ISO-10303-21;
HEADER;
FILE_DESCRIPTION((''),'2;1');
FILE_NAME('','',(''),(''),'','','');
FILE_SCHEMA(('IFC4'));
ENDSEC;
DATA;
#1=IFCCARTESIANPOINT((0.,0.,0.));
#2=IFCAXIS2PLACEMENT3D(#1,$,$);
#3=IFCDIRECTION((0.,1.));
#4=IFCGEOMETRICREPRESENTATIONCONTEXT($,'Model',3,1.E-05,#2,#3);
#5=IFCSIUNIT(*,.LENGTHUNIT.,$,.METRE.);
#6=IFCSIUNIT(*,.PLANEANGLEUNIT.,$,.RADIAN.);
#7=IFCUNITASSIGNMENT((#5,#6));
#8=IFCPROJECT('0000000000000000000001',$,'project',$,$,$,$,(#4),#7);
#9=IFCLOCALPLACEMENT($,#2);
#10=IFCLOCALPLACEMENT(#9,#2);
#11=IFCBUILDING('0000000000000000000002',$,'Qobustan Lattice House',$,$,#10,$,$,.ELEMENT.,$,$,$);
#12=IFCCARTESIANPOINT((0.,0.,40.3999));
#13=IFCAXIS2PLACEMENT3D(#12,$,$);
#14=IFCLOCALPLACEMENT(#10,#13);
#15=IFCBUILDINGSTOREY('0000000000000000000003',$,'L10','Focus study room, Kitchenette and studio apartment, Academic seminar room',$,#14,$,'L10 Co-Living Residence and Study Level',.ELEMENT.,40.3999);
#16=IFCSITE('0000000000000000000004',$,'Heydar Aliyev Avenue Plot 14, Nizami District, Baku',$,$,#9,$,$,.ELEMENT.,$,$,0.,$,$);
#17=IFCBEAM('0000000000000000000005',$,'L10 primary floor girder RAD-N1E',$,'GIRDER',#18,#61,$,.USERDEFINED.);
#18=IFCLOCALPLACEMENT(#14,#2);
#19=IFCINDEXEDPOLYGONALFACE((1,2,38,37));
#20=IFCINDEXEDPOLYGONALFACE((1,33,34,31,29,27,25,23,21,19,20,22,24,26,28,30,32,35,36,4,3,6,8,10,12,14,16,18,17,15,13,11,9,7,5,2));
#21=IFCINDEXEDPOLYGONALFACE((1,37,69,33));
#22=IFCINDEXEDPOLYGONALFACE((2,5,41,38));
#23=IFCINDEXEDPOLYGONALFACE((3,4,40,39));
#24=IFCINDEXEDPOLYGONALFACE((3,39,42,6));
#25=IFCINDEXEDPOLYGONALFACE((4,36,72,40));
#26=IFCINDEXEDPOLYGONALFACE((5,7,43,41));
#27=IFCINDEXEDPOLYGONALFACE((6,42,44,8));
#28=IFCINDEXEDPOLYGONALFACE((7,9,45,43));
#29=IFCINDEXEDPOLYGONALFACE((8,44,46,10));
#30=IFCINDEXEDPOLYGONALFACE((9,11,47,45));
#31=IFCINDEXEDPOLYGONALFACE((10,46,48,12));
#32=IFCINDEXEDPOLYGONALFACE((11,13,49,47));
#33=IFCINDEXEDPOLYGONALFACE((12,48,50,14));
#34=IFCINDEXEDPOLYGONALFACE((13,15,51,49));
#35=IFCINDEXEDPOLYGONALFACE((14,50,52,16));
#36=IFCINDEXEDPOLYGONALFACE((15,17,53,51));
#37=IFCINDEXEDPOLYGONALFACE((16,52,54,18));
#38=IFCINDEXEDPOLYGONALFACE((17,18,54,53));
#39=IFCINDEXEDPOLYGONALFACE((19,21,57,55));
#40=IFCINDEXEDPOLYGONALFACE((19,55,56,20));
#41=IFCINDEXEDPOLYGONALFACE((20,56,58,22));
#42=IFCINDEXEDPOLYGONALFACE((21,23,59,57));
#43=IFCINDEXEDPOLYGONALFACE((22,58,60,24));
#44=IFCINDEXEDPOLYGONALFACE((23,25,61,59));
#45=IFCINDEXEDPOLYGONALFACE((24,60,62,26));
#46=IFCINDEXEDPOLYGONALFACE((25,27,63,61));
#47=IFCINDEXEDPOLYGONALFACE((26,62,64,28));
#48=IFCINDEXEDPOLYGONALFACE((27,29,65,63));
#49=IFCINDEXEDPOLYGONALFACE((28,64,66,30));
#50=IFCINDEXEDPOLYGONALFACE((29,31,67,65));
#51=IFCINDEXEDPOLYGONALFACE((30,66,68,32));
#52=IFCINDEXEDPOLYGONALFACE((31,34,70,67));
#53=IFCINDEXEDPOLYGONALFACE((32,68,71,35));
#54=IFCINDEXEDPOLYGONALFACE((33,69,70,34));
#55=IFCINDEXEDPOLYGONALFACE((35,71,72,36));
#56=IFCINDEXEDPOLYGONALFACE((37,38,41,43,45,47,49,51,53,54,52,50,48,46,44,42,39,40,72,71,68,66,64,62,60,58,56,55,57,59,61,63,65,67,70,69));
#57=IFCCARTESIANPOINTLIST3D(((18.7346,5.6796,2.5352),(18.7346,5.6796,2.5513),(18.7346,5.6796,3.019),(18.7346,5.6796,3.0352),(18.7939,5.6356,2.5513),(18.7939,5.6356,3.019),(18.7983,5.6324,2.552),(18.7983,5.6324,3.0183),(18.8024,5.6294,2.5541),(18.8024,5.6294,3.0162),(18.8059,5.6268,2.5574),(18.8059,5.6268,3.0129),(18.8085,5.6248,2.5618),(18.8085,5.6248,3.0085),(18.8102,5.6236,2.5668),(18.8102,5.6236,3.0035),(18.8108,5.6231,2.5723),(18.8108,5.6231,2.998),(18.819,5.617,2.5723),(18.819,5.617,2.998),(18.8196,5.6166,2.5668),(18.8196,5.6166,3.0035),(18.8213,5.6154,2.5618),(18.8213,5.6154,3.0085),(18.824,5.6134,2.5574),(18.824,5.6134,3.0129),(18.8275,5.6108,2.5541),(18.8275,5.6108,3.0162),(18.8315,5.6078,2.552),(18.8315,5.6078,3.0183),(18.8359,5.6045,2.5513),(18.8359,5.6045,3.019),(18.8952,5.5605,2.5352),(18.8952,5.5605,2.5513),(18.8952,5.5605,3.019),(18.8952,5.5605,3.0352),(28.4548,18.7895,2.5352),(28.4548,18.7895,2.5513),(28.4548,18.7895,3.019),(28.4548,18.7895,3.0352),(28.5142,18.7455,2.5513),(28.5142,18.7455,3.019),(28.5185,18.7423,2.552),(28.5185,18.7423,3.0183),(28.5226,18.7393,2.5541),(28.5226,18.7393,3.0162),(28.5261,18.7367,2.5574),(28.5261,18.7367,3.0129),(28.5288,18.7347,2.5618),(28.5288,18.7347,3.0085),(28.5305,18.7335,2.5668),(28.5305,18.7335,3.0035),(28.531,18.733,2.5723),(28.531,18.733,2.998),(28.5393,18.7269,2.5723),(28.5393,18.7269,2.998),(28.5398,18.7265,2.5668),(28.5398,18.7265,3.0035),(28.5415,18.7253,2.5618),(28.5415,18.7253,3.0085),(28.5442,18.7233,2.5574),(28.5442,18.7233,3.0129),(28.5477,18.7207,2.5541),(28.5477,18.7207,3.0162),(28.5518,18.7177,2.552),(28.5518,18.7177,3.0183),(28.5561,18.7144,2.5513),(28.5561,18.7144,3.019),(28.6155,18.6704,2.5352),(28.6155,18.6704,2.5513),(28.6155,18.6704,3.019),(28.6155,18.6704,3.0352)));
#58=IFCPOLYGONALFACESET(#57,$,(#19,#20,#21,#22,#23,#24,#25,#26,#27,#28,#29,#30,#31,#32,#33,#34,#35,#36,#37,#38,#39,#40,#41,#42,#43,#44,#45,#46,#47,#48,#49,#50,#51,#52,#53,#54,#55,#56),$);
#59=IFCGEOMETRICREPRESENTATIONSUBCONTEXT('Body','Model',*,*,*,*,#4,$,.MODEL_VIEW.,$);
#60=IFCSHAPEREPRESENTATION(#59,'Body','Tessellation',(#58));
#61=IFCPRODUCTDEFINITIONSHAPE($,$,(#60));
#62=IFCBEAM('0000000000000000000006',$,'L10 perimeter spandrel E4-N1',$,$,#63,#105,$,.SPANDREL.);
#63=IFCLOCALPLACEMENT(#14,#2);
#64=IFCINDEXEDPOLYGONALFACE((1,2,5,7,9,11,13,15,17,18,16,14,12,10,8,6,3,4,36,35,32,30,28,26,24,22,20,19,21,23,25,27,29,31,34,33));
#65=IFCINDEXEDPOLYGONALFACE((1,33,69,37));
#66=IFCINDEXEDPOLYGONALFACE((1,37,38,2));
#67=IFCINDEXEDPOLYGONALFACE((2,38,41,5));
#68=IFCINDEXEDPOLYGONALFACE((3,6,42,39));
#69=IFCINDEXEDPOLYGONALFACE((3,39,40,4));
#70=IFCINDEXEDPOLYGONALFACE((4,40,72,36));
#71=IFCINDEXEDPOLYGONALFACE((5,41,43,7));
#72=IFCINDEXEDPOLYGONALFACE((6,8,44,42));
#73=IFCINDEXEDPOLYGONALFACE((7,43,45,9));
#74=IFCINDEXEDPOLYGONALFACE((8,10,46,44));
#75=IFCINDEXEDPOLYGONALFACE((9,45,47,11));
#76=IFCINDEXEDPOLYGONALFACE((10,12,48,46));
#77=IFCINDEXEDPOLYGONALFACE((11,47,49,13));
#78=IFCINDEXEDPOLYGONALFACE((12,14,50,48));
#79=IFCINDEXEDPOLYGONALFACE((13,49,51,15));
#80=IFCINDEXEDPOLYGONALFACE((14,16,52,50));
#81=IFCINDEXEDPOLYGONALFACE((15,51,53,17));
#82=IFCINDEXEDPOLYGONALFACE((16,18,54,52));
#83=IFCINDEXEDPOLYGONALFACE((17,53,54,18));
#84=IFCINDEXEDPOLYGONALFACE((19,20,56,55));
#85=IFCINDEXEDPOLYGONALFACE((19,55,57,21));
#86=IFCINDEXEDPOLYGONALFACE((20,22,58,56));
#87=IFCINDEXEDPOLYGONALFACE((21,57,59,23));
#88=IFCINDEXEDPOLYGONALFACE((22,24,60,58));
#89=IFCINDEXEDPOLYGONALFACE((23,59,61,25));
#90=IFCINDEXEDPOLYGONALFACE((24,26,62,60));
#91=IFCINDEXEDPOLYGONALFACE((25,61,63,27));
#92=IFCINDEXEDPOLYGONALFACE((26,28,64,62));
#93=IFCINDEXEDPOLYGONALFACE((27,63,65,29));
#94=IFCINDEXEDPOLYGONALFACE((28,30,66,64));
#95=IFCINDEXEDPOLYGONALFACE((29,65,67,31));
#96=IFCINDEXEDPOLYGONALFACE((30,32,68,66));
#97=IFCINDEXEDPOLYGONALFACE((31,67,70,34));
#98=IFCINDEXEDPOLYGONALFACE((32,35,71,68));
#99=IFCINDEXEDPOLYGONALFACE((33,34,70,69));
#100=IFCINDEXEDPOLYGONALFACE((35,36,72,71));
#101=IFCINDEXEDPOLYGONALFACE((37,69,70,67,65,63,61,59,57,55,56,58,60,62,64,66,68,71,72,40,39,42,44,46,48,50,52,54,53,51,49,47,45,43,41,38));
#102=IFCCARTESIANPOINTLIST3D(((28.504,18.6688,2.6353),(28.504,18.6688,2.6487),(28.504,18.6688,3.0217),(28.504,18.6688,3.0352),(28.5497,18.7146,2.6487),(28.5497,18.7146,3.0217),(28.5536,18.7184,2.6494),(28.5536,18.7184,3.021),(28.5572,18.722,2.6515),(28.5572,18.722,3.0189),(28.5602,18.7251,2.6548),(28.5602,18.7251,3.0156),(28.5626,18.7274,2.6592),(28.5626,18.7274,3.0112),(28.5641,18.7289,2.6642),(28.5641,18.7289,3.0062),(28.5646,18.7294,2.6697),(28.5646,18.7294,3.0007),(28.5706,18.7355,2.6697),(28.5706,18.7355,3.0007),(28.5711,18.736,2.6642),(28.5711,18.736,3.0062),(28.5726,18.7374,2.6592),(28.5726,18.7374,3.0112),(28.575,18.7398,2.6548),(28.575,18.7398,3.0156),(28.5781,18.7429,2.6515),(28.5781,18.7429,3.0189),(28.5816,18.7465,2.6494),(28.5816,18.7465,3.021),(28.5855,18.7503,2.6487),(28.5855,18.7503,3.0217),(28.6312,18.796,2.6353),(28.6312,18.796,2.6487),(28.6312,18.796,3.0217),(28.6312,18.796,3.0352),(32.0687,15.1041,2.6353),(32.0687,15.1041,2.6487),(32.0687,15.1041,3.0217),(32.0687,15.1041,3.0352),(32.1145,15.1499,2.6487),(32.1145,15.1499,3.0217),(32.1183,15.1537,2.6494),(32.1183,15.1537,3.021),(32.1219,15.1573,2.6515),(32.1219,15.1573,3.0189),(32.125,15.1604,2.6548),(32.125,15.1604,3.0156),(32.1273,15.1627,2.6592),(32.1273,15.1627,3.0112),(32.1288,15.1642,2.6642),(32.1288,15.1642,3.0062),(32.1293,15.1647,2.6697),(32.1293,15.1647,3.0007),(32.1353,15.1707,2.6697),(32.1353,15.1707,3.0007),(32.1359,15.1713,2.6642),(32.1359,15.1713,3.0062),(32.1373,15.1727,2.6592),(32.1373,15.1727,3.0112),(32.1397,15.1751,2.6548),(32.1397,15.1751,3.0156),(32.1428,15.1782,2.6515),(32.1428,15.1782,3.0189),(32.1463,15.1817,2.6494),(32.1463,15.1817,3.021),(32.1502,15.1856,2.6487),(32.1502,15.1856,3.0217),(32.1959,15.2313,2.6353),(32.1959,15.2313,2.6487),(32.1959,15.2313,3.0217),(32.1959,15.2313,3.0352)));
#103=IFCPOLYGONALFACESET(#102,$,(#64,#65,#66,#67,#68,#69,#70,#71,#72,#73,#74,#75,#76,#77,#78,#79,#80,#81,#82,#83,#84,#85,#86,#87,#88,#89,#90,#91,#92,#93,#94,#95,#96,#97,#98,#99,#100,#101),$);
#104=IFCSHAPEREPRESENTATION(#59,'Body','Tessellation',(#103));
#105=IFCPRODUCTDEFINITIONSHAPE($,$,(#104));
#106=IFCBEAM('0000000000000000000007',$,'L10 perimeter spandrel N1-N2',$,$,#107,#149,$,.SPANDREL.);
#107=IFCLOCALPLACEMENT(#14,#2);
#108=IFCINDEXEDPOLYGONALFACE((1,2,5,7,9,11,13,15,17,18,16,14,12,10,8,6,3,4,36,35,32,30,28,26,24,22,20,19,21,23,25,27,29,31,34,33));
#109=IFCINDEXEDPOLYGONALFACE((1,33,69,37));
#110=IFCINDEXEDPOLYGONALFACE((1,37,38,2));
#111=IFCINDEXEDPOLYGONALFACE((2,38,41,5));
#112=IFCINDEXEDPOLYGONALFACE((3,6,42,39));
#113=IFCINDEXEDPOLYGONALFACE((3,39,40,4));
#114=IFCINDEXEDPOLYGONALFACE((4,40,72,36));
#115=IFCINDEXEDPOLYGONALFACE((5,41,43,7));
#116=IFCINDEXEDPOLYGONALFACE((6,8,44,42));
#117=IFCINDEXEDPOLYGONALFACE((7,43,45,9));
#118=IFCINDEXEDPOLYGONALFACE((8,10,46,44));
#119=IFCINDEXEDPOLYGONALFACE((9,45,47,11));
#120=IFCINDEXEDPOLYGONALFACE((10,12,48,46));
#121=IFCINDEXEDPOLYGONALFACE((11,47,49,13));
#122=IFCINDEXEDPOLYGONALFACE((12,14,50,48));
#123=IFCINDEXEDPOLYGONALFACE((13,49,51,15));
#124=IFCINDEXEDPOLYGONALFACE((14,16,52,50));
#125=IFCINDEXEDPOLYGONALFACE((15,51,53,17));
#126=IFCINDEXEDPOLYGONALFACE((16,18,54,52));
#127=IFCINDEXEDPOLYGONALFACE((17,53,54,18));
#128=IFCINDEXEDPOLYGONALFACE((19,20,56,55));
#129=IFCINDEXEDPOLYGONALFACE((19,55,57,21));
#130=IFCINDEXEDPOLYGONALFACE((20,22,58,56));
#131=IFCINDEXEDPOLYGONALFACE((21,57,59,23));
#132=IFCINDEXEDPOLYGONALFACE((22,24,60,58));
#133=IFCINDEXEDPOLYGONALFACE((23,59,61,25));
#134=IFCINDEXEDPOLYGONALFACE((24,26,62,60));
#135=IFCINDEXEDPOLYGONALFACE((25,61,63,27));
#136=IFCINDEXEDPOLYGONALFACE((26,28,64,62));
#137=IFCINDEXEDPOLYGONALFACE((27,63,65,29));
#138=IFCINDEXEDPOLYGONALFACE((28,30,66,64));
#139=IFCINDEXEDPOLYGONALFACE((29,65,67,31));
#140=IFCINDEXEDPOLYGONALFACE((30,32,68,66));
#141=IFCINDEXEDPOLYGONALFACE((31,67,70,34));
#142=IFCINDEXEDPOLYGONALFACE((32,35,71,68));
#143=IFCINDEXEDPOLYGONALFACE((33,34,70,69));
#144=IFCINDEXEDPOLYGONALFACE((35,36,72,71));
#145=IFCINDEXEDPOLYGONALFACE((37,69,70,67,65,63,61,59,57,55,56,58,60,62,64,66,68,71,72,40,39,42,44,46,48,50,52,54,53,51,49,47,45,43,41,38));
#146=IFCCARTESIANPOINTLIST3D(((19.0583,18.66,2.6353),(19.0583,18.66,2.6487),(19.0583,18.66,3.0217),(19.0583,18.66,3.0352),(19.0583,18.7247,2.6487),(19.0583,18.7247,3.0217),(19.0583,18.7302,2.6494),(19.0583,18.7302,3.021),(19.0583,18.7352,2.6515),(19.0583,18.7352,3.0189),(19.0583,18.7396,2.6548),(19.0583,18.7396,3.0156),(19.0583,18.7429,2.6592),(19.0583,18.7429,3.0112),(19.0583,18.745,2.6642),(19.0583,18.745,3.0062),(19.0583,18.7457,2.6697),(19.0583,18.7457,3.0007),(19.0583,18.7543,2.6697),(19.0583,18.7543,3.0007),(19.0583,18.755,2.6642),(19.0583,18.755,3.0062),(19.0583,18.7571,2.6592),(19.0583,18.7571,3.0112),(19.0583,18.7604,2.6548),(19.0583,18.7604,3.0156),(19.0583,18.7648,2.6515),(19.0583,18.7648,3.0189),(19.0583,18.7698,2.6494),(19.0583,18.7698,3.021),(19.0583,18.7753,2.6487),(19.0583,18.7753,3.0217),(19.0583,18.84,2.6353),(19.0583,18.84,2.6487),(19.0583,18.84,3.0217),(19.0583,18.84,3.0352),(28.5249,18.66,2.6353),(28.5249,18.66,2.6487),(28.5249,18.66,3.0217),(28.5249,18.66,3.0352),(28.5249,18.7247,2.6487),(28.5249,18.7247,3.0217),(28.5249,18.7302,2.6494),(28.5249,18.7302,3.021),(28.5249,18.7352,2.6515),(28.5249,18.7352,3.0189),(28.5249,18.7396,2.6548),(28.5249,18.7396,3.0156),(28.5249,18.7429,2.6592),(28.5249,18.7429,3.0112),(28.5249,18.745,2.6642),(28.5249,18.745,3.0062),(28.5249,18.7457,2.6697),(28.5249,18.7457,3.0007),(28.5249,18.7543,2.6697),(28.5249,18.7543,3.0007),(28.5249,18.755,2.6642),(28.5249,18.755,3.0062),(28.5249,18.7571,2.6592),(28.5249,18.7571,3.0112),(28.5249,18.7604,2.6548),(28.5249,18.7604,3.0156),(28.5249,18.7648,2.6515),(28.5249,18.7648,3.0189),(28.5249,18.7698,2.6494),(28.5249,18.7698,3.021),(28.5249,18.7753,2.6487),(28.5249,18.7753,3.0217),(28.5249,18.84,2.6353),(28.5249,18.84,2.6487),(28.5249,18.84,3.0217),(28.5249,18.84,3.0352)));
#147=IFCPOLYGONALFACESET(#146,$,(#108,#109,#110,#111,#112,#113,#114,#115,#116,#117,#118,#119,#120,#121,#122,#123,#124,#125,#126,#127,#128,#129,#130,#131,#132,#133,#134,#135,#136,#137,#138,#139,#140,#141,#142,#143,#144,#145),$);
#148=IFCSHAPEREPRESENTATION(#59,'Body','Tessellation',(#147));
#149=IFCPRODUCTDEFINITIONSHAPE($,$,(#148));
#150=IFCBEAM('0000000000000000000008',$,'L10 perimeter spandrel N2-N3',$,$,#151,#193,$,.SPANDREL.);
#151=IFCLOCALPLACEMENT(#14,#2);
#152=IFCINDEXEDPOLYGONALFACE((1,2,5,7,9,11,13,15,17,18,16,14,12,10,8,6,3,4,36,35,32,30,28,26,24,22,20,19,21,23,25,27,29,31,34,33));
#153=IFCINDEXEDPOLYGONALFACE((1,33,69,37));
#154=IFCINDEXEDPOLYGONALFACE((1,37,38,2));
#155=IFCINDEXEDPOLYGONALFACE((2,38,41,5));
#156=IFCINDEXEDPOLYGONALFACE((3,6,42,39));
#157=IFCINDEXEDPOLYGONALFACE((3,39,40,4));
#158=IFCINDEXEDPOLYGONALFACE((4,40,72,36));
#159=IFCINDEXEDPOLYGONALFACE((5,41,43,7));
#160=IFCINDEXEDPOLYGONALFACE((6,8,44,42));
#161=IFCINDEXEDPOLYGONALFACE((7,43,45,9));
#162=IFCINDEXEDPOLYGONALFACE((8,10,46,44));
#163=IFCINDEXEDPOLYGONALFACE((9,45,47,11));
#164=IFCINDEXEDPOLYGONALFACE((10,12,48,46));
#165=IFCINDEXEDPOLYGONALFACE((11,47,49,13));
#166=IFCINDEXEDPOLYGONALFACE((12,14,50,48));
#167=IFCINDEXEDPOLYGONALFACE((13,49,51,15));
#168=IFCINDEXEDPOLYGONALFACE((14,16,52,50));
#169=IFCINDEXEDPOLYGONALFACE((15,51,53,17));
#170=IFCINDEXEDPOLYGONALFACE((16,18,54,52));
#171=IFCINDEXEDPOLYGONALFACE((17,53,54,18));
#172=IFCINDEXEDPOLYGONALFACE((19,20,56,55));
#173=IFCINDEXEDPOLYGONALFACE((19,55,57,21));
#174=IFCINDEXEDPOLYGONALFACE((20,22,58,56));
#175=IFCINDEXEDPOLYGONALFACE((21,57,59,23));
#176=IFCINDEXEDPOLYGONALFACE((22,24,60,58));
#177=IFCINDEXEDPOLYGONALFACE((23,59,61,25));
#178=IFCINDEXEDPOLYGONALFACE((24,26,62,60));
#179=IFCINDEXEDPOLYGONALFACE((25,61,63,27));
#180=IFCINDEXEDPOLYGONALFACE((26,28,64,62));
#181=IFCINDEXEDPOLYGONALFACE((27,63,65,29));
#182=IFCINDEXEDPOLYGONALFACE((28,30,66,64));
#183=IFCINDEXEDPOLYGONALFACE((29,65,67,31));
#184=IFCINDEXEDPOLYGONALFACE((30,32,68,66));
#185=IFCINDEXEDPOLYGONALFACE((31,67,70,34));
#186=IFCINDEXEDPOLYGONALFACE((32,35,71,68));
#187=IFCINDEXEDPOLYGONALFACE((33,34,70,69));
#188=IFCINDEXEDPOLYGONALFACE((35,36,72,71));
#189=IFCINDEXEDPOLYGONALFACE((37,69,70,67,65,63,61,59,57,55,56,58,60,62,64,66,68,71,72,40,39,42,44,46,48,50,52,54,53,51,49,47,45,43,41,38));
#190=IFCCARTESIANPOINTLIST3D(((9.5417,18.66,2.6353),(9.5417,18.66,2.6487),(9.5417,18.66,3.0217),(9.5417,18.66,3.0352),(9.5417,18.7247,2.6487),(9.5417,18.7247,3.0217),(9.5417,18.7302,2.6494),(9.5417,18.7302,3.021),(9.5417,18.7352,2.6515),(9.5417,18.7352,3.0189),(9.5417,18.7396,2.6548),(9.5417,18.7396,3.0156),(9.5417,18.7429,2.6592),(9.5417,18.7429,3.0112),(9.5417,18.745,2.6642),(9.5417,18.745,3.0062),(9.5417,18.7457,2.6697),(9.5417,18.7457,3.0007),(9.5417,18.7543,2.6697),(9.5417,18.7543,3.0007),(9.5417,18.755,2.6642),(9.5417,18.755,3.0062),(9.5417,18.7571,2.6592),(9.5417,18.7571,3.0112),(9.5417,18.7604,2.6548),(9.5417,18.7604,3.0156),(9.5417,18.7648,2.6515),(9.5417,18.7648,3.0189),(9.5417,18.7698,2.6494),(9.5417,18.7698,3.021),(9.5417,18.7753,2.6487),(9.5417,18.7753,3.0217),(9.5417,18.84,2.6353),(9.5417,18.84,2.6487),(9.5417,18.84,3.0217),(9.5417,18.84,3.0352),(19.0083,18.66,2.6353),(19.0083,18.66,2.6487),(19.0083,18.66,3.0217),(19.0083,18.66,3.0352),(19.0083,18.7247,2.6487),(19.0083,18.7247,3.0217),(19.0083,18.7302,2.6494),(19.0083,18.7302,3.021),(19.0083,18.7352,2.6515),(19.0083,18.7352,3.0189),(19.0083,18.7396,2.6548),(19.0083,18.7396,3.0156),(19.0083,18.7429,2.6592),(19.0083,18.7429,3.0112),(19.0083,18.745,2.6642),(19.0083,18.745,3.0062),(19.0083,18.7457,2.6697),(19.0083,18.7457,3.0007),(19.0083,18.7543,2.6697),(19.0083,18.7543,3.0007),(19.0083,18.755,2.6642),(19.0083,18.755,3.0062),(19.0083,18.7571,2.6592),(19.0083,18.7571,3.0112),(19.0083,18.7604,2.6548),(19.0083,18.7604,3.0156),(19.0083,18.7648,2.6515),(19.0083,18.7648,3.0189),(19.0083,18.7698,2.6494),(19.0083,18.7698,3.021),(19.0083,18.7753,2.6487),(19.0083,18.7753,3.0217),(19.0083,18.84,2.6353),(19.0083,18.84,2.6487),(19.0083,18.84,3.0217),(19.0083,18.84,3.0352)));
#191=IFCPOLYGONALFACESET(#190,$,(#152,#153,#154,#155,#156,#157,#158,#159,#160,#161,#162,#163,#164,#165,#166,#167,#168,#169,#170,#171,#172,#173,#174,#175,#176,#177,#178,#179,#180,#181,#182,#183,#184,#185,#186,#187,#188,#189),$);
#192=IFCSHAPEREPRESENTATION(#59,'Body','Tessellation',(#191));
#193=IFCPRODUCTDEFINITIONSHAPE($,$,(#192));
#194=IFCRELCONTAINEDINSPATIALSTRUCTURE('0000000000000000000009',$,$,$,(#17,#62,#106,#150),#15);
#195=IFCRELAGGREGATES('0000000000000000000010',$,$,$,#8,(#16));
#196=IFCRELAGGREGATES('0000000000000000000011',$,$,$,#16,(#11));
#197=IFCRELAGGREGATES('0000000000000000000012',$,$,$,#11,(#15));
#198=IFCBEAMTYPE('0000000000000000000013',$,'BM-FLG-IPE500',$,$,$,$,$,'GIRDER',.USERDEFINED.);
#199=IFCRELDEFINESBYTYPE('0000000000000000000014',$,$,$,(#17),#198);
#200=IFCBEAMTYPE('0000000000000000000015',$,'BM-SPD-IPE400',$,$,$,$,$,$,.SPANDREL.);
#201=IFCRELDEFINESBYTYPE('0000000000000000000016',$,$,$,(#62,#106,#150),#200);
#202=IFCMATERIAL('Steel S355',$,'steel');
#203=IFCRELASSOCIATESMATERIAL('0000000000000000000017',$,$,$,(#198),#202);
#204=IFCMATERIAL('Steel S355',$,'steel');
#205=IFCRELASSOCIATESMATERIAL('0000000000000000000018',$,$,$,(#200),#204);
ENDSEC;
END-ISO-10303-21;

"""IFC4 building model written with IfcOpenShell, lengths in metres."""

from ifc_helpers import new_model, si_unit, direction, frame, origin, origin_2d, place, context, subcontext, project, spatial, i_section, extrude, material, material_profile, profile_set, type_object, element, save


model = new_model("IFC4")

# Units and contexts
model_context = context("Model", 3, precision=1e-05, world=origin(), true_north=direction((0.0, 1.0)))
body_context = subcontext(model_context, "Body", "Model", "MODEL_VIEW")
ifc_project = project(units=[si_unit("LENGTHUNIT", "METRE"), si_unit("PLANEANGLEUNIT", "RADIAN")], contexts=[model_context])

# Site, building, storey
site_placement = place(None, origin())
site = spatial("IfcSite", under=ifc_project, at=site_placement, Name="Heydar Aliyev Avenue Plot 14, Nizami District, Baku", CompositionType="ELEMENT", RefElevation=0.0)
building_placement = place(site_placement, origin())
building = spatial("IfcBuilding", under=site, at=building_placement, Name="Qobustan Lattice House", CompositionType="ELEMENT")
storey_placement = place(building_placement, frame((0.0, 0.0, 40.3999)))
storey = spatial("IfcBuildingStorey", under=building, at=storey_placement, Name="L10", Description="Focus study room, Kitchenette and studio apartment, Academic seminar room", LongName="L10 Co-Living Residence and Study Level", CompositionType="ELEMENT", Elevation=40.3999)

# Beams
ifc_material_1 = material(Name="Steel S355", Category="steel")
ifc_material_profile_1 = material_profile(ifc_material_1, i_section(OverallWidth=0.2, OverallDepth=0.5, WebThickness=0.0103, FlangeThickness=0.0161, FilletRadius=0.021, at=origin_2d()), Name="IPE500")
ifc_profile_set_1 = profile_set([ifc_material_profile_1], Name="Steel S355")
beam_type_1 = type_object("IfcBeamType", Name="BM-FLG-IPE500", ElementType="GIRDER", PredefinedType="USERDEFINED", material=ifc_profile_set_1)
beam_1_placement = place(storey_placement, frame((28.5352, 18.73, 2.7852), z_axis=(-0.595592, -0.803287, 0.0), x_axis=(0.803287, -0.595592, 0.0)))
element("IfcBeam", 1, at=beam_1_placement, inside=storey, type_object=beam_type_1, Name="L10 primary floor girder RAD-N1E", ObjectType="GIRDER", PredefinedType="USERDEFINED", context=body_context, shape_type="SweptSolid", body=[
    extrude(i_section(OverallWidth=0.2, OverallDepth=0.5, WebThickness=0.0103, FlangeThickness=0.0161, FilletRadius=0.021, at=origin_2d()), origin(), (0.0, 0.0, 1.0), 16.3203),
])
ifc_material_2 = material(Name="Steel S355", Category="steel")
ifc_material_profile_2 = material_profile(ifc_material_2, i_section(OverallWidth=0.1799, OverallDepth=0.3999, WebThickness=0.0085, FlangeThickness=0.0134, FilletRadius=0.021, at=origin_2d()), Name="IPE400")
ifc_profile_set_2 = profile_set([ifc_material_profile_2], Name="Steel S355")
beam_type_2 = type_object("IfcBeamType", Name="BM-SPD-IPE400", PredefinedType="SPANDREL", material=ifc_profile_set_2)
beam_2_placement = place(storey_placement, frame((32.1323, 15.1677, 2.8352), z_axis=(-0.707107, 0.707107, 0.0), x_axis=(-0.707107, -0.707107, 0.0)))
element("IfcBeam", 2, at=beam_2_placement, inside=storey, type_object=beam_type_2, Name="L10 perimeter spandrel E4-N1", PredefinedType="SPANDREL", context=body_context, shape_type="SweptSolid", body=[
    extrude(i_section(OverallWidth=0.1799, OverallDepth=0.3999, WebThickness=0.0085, FlangeThickness=0.0134, FilletRadius=0.021, at=origin_2d()), origin(), (0.0, 0.0, 1.0), 5.0413),
])
for number, where, z_axis, x_axis, name in (
    (3, (28.5249, 18.75, 2.8352), (-1.0, 0.0, 0.0), (0.0, -1.0, 0.0), "L10 perimeter spandrel N1-N2"),
    (4, (19.0083, 18.75, 2.8352), (-1.0, 0.0, 0.0), (0.0, -1.0, 0.0), "L10 perimeter spandrel N2-N3"),
):
    element("IfcBeam", number, at=place(storey_placement, frame(where, z_axis=z_axis, x_axis=x_axis)), inside=storey, type_object=beam_type_2, Name=name, PredefinedType="SPANDREL", context=body_context, shape_type="SweptSolid", body=[
        extrude(i_section(OverallWidth=0.1799, OverallDepth=0.3999, WebThickness=0.0085, FlangeThickness=0.0134, FilletRadius=0.021, at=origin_2d()), origin(), (0.0, 0.0, 1.0), 9.4666),
    ])

save(model, "model.ifc")
